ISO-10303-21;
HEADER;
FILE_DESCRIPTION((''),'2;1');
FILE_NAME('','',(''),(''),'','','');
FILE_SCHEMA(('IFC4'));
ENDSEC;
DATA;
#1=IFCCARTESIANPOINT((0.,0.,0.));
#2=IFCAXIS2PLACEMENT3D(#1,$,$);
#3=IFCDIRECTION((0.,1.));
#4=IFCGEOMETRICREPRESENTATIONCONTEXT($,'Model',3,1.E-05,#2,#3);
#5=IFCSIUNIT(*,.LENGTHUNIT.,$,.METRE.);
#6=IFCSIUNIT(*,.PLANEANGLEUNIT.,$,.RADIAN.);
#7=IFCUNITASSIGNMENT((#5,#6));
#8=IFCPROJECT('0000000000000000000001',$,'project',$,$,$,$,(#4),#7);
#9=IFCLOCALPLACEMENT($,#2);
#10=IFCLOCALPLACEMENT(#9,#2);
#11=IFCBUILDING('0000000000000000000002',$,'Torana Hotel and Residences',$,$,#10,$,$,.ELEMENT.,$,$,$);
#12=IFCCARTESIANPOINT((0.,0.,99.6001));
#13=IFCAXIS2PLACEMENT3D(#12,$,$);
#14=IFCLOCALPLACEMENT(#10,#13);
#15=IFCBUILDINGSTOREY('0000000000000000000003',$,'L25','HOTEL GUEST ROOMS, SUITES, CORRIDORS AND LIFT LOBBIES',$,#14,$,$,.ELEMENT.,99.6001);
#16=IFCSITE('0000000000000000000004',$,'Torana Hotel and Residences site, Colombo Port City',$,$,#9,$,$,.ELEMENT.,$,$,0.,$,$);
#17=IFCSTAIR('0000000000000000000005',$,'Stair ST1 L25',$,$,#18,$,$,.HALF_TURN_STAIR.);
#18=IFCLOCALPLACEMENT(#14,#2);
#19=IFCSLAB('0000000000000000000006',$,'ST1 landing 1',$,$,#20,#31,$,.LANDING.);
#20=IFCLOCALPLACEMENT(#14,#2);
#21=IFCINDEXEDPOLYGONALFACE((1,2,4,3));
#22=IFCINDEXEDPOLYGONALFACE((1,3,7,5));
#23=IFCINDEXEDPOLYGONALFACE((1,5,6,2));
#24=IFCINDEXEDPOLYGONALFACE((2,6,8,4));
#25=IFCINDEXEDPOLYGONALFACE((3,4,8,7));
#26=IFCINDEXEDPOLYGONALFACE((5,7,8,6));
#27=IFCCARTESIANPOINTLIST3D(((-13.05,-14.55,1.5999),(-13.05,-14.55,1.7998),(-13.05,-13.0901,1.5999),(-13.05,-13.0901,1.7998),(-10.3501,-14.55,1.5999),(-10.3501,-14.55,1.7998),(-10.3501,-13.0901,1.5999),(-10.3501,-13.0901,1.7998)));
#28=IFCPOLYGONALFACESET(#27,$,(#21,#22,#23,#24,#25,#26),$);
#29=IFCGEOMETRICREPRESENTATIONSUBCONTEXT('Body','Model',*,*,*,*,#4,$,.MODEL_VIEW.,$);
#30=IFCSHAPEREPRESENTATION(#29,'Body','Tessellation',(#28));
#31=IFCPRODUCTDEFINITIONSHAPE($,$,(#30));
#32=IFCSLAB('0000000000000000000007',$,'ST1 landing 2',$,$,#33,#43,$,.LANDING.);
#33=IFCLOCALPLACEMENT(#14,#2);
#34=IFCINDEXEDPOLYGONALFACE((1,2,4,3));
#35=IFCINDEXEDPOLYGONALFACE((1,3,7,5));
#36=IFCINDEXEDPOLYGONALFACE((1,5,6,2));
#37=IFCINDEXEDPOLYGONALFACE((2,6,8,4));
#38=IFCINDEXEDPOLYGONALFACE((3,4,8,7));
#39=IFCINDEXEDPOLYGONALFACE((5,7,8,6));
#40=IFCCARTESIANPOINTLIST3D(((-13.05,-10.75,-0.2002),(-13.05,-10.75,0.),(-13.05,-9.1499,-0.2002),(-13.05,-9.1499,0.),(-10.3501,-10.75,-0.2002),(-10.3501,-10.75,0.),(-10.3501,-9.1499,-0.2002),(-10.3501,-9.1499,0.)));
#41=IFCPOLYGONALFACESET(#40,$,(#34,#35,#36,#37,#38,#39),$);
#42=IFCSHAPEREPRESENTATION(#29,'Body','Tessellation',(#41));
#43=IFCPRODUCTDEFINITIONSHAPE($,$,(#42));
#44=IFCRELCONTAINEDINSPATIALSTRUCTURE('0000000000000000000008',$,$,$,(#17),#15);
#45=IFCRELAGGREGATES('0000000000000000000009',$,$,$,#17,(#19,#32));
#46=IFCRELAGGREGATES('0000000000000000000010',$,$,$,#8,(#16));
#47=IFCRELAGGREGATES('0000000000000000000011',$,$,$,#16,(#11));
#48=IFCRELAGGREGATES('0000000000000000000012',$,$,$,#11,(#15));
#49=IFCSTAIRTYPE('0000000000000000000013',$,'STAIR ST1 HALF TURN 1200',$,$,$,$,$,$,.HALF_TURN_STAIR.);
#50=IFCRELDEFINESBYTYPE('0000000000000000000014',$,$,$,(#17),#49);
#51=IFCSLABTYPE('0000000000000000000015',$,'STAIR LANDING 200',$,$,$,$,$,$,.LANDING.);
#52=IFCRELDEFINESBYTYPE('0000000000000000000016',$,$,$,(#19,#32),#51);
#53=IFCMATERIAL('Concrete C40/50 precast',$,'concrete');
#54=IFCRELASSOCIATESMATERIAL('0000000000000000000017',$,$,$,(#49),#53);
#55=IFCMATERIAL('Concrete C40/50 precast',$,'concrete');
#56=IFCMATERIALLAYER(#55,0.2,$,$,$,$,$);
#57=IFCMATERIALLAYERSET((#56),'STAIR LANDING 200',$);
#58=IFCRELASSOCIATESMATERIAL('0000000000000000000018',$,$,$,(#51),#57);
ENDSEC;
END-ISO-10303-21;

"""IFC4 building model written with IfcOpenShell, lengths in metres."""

from ifc_helpers import new_model, si_unit, direction, frame, origin, place, context, subcontext, project, spatial, polyline, outline, extrude, material, layer, layer_set, type_object, element, aggregate, save


model = new_model("IFC4")

# Units and contexts
model_context = context("Model", 3, precision=1e-05, world=origin(), true_north=direction((0.0, 1.0)))
body_context = subcontext(model_context, "Body", "Model", "MODEL_VIEW")
ifc_project = project(units=[si_unit("LENGTHUNIT", "METRE"), si_unit("PLANEANGLEUNIT", "RADIAN")], contexts=[model_context])

# Site, building, storey
site_placement = place(None, origin())
site = spatial("IfcSite", under=ifc_project, at=site_placement, Name="Torana Hotel and Residences site, Colombo Port City", CompositionType="ELEMENT", RefElevation=0.0)
building_placement = place(site_placement, origin())
building = spatial("IfcBuilding", under=site, at=building_placement, Name="Torana Hotel and Residences", CompositionType="ELEMENT")
storey_placement = place(building_placement, frame((0.0, 0.0, 99.6001)))
storey = spatial("IfcBuildingStorey", under=building, at=storey_placement, Name="L25", Description="HOTEL GUEST ROOMS, SUITES, CORRIDORS AND LIFT LOBBIES", CompositionType="ELEMENT", Elevation=99.6001)

# Stair, slabs
ifc_material_1 = material(Name="Concrete C40/50 precast", Category="concrete")
stair_type = type_object("IfcStairType", Name="STAIR ST1 HALF TURN 1200", PredefinedType="HALF_TURN_STAIR", material=ifc_material_1)
stair_placement = place(storey_placement, origin())
stair = element("IfcStair", 1, at=stair_placement, inside=storey, type_object=stair_type, Name="Stair ST1 L25", PredefinedType="HALF_TURN_STAIR")
ifc_material_2 = material(Name="Concrete C40/50 precast", Category="concrete")
ifc_layer_1 = layer(ifc_material_2, 0.2)
ifc_layer_set_1 = layer_set([ifc_layer_1], Name="STAIR LANDING 200")
slab_type_1 = type_object("IfcSlabType", Name="STAIR LANDING 200", PredefinedType="LANDING", material=ifc_layer_set_1)
slab_1_placement = place(storey_placement, frame((0.0, 0.0, 1.5999)))
slab_1 = element("IfcSlab", 2, at=slab_1_placement, type_object=slab_type_1, Name="ST1 landing 1", PredefinedType="LANDING", context=body_context, shape_type="SweptSolid", body=[
    extrude(outline(polyline([(-13.05, -14.55), (-10.3501, -14.55), (-10.3501, -13.0901), (-13.05, -13.0901), (-13.05, -14.55)])), origin(), (0.0, 0.0, 1.0), 0.2),
])
slab_2_placement = place(storey_placement, frame((0.0, 0.0, -0.2002)))
slab_2 = element("IfcSlab", 3, at=slab_2_placement, type_object=slab_type_1, Name="ST1 landing 2", PredefinedType="LANDING", context=body_context, shape_type="SweptSolid", body=[
    extrude(outline(polyline([(-13.05, -10.75), (-10.3501, -10.75), (-10.3501, -9.1499), (-13.05, -9.1499), (-13.05, -10.75)])), origin(), (0.0, 0.0, 1.0), 0.2002),
])
aggregate(stair, [slab_1, slab_2])

save(model, "model.ifc")
